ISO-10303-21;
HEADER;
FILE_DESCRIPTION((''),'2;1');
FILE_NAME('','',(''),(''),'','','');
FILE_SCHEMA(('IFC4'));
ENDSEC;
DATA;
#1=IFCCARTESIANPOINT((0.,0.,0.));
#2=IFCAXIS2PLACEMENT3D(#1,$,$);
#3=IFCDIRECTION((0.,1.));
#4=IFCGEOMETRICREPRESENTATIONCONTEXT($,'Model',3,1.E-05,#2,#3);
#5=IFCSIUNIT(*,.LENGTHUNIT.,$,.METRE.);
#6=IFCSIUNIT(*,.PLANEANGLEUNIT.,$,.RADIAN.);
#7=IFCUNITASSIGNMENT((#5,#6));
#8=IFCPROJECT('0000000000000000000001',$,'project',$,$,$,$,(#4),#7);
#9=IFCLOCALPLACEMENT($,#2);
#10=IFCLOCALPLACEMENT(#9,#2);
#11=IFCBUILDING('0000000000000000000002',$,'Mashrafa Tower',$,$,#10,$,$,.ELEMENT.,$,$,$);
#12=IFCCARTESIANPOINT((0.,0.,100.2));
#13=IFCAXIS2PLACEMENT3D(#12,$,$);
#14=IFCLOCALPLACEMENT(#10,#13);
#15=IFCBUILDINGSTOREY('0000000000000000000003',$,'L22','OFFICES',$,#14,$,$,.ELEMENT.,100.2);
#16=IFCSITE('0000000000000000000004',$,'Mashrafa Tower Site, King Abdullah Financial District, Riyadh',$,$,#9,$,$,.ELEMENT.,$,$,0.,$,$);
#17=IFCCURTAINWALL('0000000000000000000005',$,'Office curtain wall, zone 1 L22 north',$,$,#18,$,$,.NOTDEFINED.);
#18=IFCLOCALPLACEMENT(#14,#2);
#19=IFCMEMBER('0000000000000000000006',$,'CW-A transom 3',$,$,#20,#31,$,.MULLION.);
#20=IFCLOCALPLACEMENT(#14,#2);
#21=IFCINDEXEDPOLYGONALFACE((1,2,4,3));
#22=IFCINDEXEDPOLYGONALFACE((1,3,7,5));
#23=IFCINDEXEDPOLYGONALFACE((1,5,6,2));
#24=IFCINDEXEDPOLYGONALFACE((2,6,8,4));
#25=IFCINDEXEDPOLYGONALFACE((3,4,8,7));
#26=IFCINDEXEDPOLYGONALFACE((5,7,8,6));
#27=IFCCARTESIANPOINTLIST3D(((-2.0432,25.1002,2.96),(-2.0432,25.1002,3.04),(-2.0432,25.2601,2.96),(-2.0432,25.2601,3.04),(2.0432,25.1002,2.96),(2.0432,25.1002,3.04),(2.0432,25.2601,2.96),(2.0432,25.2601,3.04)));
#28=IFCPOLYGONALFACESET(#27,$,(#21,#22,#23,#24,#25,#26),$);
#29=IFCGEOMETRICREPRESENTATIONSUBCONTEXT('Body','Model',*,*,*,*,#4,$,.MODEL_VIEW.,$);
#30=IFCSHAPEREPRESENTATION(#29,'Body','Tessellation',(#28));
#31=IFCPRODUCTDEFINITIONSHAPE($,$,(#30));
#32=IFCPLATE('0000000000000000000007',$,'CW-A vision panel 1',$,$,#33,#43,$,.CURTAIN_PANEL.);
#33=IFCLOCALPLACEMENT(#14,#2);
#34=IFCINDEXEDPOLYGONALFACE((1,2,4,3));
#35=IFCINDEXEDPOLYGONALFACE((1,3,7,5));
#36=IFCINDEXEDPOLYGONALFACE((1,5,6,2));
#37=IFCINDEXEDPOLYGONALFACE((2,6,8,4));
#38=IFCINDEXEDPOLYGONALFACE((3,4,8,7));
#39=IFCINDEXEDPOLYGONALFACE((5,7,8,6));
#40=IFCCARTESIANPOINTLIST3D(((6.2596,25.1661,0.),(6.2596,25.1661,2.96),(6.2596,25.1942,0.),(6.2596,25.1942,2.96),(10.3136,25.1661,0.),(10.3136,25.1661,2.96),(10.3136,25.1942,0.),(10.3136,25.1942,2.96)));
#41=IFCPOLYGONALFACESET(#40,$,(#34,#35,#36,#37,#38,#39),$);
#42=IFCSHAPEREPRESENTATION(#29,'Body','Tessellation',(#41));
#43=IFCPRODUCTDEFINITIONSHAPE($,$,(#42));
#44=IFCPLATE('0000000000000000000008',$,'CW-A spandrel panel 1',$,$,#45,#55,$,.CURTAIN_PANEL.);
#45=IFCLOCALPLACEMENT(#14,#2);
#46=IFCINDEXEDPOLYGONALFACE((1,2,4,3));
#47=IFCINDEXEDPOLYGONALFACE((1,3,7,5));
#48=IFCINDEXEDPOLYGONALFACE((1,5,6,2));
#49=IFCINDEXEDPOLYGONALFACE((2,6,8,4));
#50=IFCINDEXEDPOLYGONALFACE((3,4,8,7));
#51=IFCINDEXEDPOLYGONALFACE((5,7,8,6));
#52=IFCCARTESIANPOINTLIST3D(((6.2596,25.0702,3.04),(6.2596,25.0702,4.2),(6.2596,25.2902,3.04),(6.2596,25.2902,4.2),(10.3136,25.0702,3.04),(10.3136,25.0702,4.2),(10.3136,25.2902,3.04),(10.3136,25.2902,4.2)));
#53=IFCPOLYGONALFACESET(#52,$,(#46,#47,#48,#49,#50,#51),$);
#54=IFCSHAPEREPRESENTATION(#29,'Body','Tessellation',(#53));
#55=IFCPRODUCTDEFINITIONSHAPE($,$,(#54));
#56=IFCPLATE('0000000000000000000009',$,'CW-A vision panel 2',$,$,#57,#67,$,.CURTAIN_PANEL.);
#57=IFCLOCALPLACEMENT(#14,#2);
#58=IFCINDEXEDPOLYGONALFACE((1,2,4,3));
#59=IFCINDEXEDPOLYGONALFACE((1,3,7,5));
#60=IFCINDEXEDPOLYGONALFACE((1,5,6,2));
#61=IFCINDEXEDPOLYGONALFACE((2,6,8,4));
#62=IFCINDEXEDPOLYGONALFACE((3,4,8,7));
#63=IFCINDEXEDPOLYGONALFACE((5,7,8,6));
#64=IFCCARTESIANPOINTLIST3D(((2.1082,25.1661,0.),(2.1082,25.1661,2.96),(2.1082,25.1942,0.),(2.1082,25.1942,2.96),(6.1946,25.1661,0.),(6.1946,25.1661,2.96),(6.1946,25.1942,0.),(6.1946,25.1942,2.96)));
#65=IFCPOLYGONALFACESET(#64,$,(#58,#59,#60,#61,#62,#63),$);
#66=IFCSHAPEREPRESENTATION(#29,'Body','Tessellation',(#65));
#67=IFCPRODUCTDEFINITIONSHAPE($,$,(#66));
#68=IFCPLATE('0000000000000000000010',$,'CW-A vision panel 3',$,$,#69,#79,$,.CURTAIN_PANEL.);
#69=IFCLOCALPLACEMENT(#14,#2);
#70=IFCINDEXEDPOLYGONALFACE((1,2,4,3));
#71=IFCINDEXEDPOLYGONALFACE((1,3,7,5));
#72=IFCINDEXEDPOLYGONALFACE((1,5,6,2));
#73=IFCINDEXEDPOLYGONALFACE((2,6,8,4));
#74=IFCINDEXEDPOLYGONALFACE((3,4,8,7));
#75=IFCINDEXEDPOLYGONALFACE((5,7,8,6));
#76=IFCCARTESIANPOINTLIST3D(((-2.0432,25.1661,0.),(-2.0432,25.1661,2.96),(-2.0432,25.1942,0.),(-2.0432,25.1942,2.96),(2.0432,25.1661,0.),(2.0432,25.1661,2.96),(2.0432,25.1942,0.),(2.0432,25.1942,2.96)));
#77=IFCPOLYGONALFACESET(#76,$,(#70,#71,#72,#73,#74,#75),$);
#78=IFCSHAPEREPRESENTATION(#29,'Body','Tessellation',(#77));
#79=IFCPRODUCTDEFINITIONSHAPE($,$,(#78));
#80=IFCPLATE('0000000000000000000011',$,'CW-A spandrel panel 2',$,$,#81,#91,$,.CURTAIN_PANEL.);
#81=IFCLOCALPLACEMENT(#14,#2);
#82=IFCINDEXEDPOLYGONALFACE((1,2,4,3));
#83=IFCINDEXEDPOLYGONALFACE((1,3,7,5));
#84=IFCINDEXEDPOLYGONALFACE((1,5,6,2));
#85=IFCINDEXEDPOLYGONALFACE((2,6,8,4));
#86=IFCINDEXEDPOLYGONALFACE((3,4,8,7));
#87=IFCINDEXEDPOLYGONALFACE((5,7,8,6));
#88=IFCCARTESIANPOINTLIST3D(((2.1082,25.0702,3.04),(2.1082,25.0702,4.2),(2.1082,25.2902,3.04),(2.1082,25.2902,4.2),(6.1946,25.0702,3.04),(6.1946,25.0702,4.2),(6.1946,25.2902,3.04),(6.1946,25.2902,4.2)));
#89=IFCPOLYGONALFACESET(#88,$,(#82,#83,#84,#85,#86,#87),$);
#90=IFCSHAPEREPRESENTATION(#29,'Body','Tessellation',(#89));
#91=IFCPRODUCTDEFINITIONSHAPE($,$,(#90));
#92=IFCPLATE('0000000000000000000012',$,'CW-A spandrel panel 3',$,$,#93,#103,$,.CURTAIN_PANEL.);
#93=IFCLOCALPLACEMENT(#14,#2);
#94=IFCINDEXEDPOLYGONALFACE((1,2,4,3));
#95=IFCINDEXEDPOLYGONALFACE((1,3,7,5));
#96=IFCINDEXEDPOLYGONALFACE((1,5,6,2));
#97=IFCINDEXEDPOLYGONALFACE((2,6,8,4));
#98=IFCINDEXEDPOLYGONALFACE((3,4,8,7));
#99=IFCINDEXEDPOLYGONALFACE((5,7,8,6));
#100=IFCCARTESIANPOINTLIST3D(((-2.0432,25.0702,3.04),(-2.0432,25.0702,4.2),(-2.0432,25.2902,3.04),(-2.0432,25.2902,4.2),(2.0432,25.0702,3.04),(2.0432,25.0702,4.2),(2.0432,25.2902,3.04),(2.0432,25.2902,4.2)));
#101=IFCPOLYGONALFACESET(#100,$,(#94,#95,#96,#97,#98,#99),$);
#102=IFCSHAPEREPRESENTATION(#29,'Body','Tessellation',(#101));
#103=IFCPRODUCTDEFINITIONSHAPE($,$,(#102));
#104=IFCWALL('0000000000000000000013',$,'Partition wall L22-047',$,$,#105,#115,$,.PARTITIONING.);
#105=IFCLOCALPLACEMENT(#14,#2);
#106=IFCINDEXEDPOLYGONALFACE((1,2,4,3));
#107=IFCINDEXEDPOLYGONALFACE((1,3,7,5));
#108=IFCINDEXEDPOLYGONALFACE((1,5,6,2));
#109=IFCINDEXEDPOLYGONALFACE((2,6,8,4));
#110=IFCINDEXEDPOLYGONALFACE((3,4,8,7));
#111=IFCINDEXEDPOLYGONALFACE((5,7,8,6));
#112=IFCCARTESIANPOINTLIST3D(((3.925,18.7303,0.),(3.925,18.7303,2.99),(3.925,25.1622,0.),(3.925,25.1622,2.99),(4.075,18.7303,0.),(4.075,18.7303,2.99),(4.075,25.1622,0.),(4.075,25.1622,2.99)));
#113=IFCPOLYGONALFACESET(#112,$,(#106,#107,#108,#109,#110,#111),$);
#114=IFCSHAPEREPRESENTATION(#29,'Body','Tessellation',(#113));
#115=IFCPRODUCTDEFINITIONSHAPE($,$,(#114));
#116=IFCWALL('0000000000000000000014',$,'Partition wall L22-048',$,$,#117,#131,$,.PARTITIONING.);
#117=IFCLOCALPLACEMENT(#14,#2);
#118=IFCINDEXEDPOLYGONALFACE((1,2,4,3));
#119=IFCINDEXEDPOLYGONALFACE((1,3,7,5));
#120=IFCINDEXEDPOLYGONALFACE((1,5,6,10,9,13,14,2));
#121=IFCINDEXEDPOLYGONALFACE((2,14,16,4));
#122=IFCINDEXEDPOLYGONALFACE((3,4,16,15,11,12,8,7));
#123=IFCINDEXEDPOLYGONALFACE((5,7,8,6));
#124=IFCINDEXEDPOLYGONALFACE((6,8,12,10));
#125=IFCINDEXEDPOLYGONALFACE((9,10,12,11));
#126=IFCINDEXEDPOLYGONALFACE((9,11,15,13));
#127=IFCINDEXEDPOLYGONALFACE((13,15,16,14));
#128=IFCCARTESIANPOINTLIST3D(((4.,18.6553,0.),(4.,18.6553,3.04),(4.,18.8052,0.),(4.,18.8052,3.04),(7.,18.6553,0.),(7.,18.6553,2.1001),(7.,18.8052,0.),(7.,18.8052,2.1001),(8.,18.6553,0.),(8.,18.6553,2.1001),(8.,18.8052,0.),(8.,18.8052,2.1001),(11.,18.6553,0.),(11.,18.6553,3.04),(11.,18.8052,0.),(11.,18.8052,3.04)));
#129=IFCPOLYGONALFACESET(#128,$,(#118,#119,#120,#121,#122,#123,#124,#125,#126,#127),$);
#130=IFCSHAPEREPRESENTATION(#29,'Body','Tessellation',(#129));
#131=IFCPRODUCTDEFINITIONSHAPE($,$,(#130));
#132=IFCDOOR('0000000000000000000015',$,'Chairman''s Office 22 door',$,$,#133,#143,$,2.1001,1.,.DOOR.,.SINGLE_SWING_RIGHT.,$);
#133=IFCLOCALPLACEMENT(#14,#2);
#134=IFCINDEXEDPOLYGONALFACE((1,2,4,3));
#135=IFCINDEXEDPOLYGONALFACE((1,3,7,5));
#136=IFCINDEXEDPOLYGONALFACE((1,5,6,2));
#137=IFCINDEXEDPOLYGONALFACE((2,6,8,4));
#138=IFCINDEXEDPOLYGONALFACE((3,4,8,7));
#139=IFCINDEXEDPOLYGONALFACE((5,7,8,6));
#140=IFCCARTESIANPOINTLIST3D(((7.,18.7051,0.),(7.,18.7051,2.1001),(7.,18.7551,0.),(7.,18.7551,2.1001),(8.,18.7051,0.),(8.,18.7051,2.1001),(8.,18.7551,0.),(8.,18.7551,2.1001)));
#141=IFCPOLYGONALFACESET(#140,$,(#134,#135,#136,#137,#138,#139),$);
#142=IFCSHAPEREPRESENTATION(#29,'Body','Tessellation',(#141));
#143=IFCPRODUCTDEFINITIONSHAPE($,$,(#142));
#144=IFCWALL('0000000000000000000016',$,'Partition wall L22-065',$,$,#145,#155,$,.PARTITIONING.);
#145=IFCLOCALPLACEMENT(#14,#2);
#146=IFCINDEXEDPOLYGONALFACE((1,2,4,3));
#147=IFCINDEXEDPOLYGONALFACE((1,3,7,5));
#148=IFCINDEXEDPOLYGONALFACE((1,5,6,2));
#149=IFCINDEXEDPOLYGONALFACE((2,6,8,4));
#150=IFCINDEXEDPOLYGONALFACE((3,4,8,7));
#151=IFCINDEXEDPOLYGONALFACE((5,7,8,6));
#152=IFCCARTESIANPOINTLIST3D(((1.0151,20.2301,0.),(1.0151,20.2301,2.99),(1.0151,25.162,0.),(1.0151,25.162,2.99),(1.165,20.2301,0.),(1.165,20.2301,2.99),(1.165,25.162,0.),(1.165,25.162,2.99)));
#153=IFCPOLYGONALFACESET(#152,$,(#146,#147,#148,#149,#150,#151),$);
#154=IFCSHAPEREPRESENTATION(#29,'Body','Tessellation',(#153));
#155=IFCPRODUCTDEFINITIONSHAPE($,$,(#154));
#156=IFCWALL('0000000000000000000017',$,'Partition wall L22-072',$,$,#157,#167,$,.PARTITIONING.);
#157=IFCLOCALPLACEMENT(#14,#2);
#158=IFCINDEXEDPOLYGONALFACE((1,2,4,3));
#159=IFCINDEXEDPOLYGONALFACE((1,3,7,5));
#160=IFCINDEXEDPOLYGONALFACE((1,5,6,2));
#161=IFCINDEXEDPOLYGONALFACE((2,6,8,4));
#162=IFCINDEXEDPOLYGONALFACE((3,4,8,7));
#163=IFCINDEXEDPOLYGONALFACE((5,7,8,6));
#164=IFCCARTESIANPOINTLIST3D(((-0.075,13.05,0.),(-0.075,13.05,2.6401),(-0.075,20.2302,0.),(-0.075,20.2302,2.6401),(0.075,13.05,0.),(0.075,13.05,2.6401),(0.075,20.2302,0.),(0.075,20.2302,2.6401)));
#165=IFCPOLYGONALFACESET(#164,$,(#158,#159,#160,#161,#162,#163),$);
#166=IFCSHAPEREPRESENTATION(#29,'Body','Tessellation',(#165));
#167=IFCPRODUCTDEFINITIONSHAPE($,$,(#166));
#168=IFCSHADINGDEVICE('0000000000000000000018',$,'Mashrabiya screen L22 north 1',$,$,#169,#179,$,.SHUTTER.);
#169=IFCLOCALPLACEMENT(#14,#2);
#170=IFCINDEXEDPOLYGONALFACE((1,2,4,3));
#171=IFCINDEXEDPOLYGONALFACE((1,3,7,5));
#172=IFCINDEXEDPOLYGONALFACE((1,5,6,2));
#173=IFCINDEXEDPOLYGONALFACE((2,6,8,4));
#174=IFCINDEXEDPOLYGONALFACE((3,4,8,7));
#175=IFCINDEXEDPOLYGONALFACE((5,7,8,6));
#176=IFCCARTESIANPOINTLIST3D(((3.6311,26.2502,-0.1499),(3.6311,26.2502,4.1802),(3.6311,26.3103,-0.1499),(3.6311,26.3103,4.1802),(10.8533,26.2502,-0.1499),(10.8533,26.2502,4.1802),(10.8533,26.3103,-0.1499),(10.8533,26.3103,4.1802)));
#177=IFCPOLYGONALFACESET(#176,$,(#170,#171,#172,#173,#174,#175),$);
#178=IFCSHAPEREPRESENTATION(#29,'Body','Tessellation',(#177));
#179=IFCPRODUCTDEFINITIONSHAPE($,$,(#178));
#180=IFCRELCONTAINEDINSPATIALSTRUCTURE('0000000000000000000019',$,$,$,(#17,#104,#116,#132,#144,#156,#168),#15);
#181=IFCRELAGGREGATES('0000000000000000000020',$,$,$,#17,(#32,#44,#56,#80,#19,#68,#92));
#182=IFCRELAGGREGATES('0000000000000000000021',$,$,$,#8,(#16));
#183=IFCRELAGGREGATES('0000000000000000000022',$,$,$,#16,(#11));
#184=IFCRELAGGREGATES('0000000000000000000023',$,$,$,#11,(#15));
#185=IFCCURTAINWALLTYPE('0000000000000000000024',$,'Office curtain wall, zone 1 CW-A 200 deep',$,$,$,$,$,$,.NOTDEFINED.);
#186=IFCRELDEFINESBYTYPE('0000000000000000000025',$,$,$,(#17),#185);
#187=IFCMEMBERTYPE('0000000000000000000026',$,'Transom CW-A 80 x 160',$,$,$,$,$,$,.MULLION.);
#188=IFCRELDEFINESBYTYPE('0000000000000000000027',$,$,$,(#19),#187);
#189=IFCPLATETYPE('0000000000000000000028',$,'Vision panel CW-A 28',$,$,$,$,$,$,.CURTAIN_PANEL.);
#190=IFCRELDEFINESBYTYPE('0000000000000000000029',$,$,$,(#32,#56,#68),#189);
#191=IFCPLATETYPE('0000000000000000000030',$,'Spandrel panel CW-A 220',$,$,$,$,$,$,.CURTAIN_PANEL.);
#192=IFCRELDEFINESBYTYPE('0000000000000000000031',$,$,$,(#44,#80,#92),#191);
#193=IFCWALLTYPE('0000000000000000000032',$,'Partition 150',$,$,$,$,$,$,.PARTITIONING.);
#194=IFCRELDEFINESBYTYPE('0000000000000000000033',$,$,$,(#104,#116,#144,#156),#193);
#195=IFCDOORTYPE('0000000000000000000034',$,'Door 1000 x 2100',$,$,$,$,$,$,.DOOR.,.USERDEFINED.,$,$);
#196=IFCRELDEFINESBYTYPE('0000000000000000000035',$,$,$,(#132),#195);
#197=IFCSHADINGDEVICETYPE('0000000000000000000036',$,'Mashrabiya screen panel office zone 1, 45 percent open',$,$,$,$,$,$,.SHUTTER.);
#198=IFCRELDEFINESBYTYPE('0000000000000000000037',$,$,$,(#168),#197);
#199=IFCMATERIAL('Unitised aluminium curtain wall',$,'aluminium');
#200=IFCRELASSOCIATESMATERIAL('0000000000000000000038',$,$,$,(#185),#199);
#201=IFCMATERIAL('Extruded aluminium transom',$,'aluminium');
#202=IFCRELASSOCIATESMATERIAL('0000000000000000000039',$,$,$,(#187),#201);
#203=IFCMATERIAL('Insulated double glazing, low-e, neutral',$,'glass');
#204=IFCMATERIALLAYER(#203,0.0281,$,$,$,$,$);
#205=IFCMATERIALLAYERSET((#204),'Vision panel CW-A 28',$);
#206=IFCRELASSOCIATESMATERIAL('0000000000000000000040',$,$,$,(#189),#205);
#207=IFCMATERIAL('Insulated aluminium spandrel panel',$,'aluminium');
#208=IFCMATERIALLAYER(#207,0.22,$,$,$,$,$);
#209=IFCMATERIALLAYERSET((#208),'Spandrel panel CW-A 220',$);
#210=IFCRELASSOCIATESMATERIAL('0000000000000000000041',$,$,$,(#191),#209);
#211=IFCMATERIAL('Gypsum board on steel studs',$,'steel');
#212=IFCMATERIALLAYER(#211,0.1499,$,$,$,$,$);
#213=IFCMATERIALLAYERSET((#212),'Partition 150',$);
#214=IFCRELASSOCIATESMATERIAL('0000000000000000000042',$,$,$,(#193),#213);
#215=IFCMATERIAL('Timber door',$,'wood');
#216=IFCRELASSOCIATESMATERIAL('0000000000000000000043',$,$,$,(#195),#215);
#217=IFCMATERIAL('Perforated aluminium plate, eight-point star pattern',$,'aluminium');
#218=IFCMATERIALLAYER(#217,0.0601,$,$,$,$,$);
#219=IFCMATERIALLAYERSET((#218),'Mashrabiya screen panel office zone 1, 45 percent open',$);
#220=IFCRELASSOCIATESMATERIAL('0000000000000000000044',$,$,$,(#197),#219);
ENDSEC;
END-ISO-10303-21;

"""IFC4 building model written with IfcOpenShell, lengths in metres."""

from ifc_helpers import new_model, si_unit, direction, frame, frame_2d, origin, origin_2d, place, context, subcontext, project, spatial, rectangle, extrude, source, transform, mapped, material, layer, layer_set, material_profile, profile_set, type_object, type_shapes, element, fill, aggregate, save


model = new_model("IFC4")

# Units and contexts
model_context = context("Model", 3, precision=1e-05, world=origin(), true_north=direction((0.0, 1.0)))
body_context = subcontext(model_context, "Body", "Model", "MODEL_VIEW")
ifc_project = project(units=[si_unit("LENGTHUNIT", "METRE"), si_unit("PLANEANGLEUNIT", "RADIAN")], contexts=[model_context])

# Site, building, storey
site_placement = place(None, origin())
site = spatial("IfcSite", under=ifc_project, at=site_placement, Name="Mashrafa Tower Site, King Abdullah Financial District, Riyadh", CompositionType="ELEMENT", RefElevation=0.0)
building_placement = place(site_placement, origin())
building = spatial("IfcBuilding", under=site, at=building_placement, Name="Mashrafa Tower", CompositionType="ELEMENT")
storey_placement = place(building_placement, frame((0.0, 0.0, 100.2)))
storey = spatial("IfcBuildingStorey", under=building, at=storey_placement, Name="L22", Description="OFFICES", CompositionType="ELEMENT", Elevation=100.2)

# Shared definitions
ifc_material_1 = material(Name="Unitised aluminium curtain wall", Category="aluminium")
curtain_wall_type = type_object("IfcCurtainWallType", Name="Office curtain wall, zone 1 CW-A 200 deep", PredefinedType="NOTDEFINED", material=ifc_material_1)

# Curtain wall, member, plates
curtain_wall_1_placement = place(storey_placement, origin())
curtain_wall_1 = element("IfcCurtainWall", 1, at=curtain_wall_1_placement, inside=storey, type_object=curtain_wall_type, Name="Office curtain wall, zone 1 L22 north", PredefinedType="NOTDEFINED")
ifc_material_2 = material(Name="Extruded aluminium transom", Category="aluminium")
ifc_material_profile_1 = material_profile(ifc_material_2, rectangle(XDim=0.1599, YDim=0.0801, at=origin_2d()), Name="Transom 80x160")
ifc_profile_set_1 = profile_set([ifc_material_profile_1], Name="Extruded aluminium transom")
member_type_1 = type_object("IfcMemberType", Name="Transom CW-A 80 x 160", PredefinedType="MULLION", material=ifc_profile_set_1)
shared_shape_1 = source(origin(), body_context, "Body", "SweptSolid", [
    extrude(rectangle(XDim=0.1599, YDim=0.0801, at=origin_2d()), origin(), (0.0, 0.0, 1.0), 4.0864),
])
member_1_placement = place(storey_placement, frame((2.0432, 25.1802, 3.0), z_axis=(-1.0, 0.0, 0.0), x_axis=(0.0, -1.0, 0.0)))
member_1 = element("IfcMember", 2, at=member_1_placement, type_object=member_type_1, Name="CW-A transom 3", PredefinedType="MULLION", context=body_context, shape_type="MappedRepresentation", body=[
    mapped(shared_shape_1, transform((0.0, 0.0, 0.0))),
])
ifc_material_3 = material(Name="Insulated double glazing, low-e, neutral", Category="glass")
ifc_layer_1 = layer(ifc_material_3, 0.0281)
ifc_layer_set_1 = layer_set([ifc_layer_1], Name="Vision panel CW-A 28")
plate_type_1 = type_object("IfcPlateType", Name="Vision panel CW-A 28", PredefinedType="CURTAIN_PANEL", material=ifc_layer_set_1)
shared_shape_2 = source(origin(), body_context, "Body", "SweptSolid", [
    extrude(rectangle(XDim=4.054, YDim=0.0281, at=origin_2d()), origin(), (0.0, 0.0, 1.0), 2.96),
])
plate_1_placement = place(storey_placement, frame((8.2866, 25.1802, 0.0), z_axis=(0.0, 0.0, 1.0), x_axis=(-1.0, 0.0, 0.0)))
plate_1 = element("IfcPlate", 3, at=plate_1_placement, type_object=plate_type_1, Name="CW-A vision panel 1", PredefinedType="CURTAIN_PANEL", context=body_context, shape_type="MappedRepresentation", body=[
    mapped(shared_shape_2, transform((0.0, 0.0, 0.0))),
])
ifc_material_4 = material(Name="Insulated aluminium spandrel panel", Category="aluminium")
ifc_layer_2 = layer(ifc_material_4, 0.22)
ifc_layer_set_2 = layer_set([ifc_layer_2], Name="Spandrel panel CW-A 220")
plate_type_2 = type_object("IfcPlateType", Name="Spandrel panel CW-A 220", PredefinedType="CURTAIN_PANEL", material=ifc_layer_set_2)
shared_shape_3 = source(origin(), body_context, "Body", "SweptSolid", [
    extrude(rectangle(XDim=4.054, YDim=0.22, at=origin_2d()), origin(), (0.0, 0.0, 1.0), 1.1599),
])
plate_2_placement = place(storey_placement, frame((8.2866, 25.1802, 3.04), z_axis=(0.0, 0.0, 1.0), x_axis=(-1.0, 0.0, 0.0)))
plate_2 = element("IfcPlate", 4, at=plate_2_placement, type_object=plate_type_2, Name="CW-A spandrel panel 1", PredefinedType="CURTAIN_PANEL", context=body_context, shape_type="MappedRepresentation", body=[
    mapped(shared_shape_3, transform((0.0, 0.0, 0.0))),
])
shared_shape_4 = source(origin(), body_context, "Body", "SweptSolid", [
    extrude(rectangle(XDim=4.0864, YDim=0.0281, at=origin_2d()), origin(), (0.0, 0.0, 1.0), 2.96),
])
type_shapes(plate_type_1, [shared_shape_2, shared_shape_4])
plate_3_placement = place(storey_placement, frame((4.1514, 25.1802, 0.0), z_axis=(0.0, 0.0, 1.0), x_axis=(-1.0, 0.0, 0.0)))
plate_3 = element("IfcPlate", 5, at=plate_3_placement, type_object=plate_type_1, Name="CW-A vision panel 2", PredefinedType="CURTAIN_PANEL", context=body_context, shape_type="MappedRepresentation", body=[
    mapped(shared_shape_4, transform((0.0, 0.0, 0.0))),
])
plate_4_placement = place(storey_placement, frame((0.0, 25.1802, 0.0), z_axis=(0.0, 0.0, 1.0), x_axis=(-1.0, 0.0, 0.0)))
plate_4 = element("IfcPlate", 6, at=plate_4_placement, type_object=plate_type_1, Name="CW-A vision panel 3", PredefinedType="CURTAIN_PANEL", context=body_context, shape_type="MappedRepresentation", body=[
    mapped(shared_shape_4, transform((0.0, 0.0, 0.0))),
])
shared_shape_5 = source(origin(), body_context, "Body", "SweptSolid", [
    extrude(rectangle(XDim=4.0864, YDim=0.22, at=origin_2d()), origin(), (0.0, 0.0, 1.0), 1.1599),
])
type_shapes(plate_type_2, [shared_shape_3, shared_shape_5])
plate_5_placement = place(storey_placement, frame((4.1514, 25.1802, 3.04), z_axis=(0.0, 0.0, 1.0), x_axis=(-1.0, 0.0, 0.0)))
plate_5 = element("IfcPlate", 7, at=plate_5_placement, type_object=plate_type_2, Name="CW-A spandrel panel 2", PredefinedType="CURTAIN_PANEL", context=body_context, shape_type="MappedRepresentation", body=[
    mapped(shared_shape_5, transform((0.0, 0.0, 0.0))),
])
plate_6_placement = place(storey_placement, frame((0.0, 25.1802, 3.04), z_axis=(0.0, 0.0, 1.0), x_axis=(-1.0, 0.0, 0.0)))
plate_6 = element("IfcPlate", 8, at=plate_6_placement, type_object=plate_type_2, Name="CW-A spandrel panel 3", PredefinedType="CURTAIN_PANEL", context=body_context, shape_type="MappedRepresentation", body=[
    mapped(shared_shape_5, transform((0.0, 0.0, 0.0))),
])
aggregate(curtain_wall_1, [plate_1, plate_2, plate_3, plate_5, member_1, plate_4, plate_6])

# Wall
ifc_material_5 = material(Name="Gypsum board on steel studs", Category="steel")
ifc_layer_3 = layer(ifc_material_5, 0.1499)
ifc_layer_set_3 = layer_set([ifc_layer_3], Name="Partition 150")
wall_type = type_object("IfcWallType", Name="Partition 150", PredefinedType="PARTITIONING", material=ifc_layer_set_3)
wall_1_placement = place(storey_placement, frame((4.0, 25.1621, 0.0), z_axis=(0.0, 0.0, 1.0), x_axis=(0.0, -1.0, 0.0)))
element("IfcWall", 9, at=wall_1_placement, inside=storey, type_object=wall_type, Name="Partition wall L22-047", PredefinedType="PARTITIONING", context=body_context, shape_type="SweptSolid", body=[
    extrude(rectangle(XDim=6.4319, YDim=0.1499, at=frame_2d((3.2158, 0.0))), origin(), (0.0, 0.0, 1.0), 2.99),
])

# Wall, opening, door
wall_2_placement = place(storey_placement, frame((4.0, 18.7302, 0.0), z_axis=(0.0, 0.0, 1.0), x_axis=(1.0, 0.0, 0.0)))
wall_2 = element("IfcWall", 10, at=wall_2_placement, inside=storey, type_object=wall_type, Name="Partition wall L22-048", PredefinedType="PARTITIONING", context=body_context, shape_type="SweptSolid", body=[
    extrude(rectangle(XDim=7.0, YDim=0.1499, at=frame_2d((3.5, 0.0))), origin(), (0.0, 0.0, 1.0), 3.04),
])
opening_placement = place(wall_2_placement, frame((3.0, 0.0, 0.0)))
opening = element("IfcOpeningElement", 11, at=opening_placement, cuts=wall_2, PredefinedType="OPENING", context=body_context, shape_type="SweptSolid", body=[
    extrude(rectangle(XDim=1.0, YDim=2.1001, at=frame_2d((0.5, 1.05))), frame((0.0, 0.085, 0.0), z_axis=(0.0, -1.0, 0.0), x_axis=(1.0, 0.0, 0.0)), (0.0, 0.0, 1.0), 0.1699),
])
ifc_material_6 = material(Name="Timber door", Category="wood")
door_type = type_object("IfcDoorType", Name="Door 1000 x 2100", OperationType="USERDEFINED", PredefinedType="DOOR", material=ifc_material_6)
door_placement = place(opening_placement, origin())
door = element("IfcDoor", 12, at=door_placement, inside=storey, type_object=door_type, Name="Chairman's Office 22 door", OperationType="SINGLE_SWING_RIGHT", OverallHeight=2.1001, OverallWidth=1.0, PredefinedType="DOOR", context=body_context, shape_type="SweptSolid", body=[
    extrude(rectangle(XDim=1.0, YDim=2.1001, at=frame_2d((0.5, 1.05))), frame((0.0, 0.0249, 0.0), z_axis=(0.0, -1.0, 0.0), x_axis=(1.0, 0.0, 0.0)), (0.0, 0.0, 1.0), 0.05),
])
fill(opening, door)

# Walls
wall_3_placement = place(storey_placement, frame((1.0901, 20.2302, 0.0), z_axis=(0.0, 0.0, 1.0), x_axis=(0.0, 1.0, 0.0)))
element("IfcWall", 13, at=wall_3_placement, inside=storey, type_object=wall_type, Name="Partition wall L22-065", PredefinedType="PARTITIONING", context=body_context, shape_type="SweptSolid", body=[
    extrude(rectangle(XDim=4.9319, YDim=0.1499, at=frame_2d((2.4658, 0.0))), origin(), (0.0, 0.0, 1.0), 2.99),
])
wall_4_placement = place(storey_placement, frame((0.0, 20.2302, 0.0), z_axis=(0.0, 0.0, 1.0), x_axis=(0.0, -1.0, 0.0)))
element("IfcWall", 14, at=wall_4_placement, inside=storey, type_object=wall_type, Name="Partition wall L22-072", PredefinedType="PARTITIONING", context=body_context, shape_type="SweptSolid", body=[
    extrude(rectangle(XDim=7.1802, YDim=0.1499, at=frame_2d((3.5901, 0.0))), origin(), (0.0, 0.0, 1.0), 2.6401),
])

# Shading device
ifc_material_7 = material(Name="Perforated aluminium plate, eight-point star pattern", Category="aluminium")
ifc_layer_4 = layer(ifc_material_7, 0.0601)
ifc_layer_set_4 = layer_set([ifc_layer_4], Name="Mashrabiya screen panel office zone 1, 45 percent open")
shading_device_type = type_object("IfcShadingDeviceType", Name="Mashrabiya screen panel office zone 1, 45 percent open", PredefinedType="SHUTTER", material=ifc_layer_set_4)
shared_shape_6 = source(origin(), body_context, "Body", "SweptSolid", [
    extrude(rectangle(XDim=7.2222, YDim=0.0601, at=origin_2d()), origin(), (0.0, 0.0, 1.0), 4.3301),
])
type_shapes(shading_device_type, [shared_shape_6])
for number, where, z_axis, x_axis, name in (
    (15, (7.2422, 26.2803, -0.1499), (0.0, 0.0, 1.0), (-1.0, 0.0, 0.0), "Mashrabiya screen L22 north 1"),
):
    element("IfcShadingDevice", number, at=place(storey_placement, frame(where, z_axis=z_axis, x_axis=x_axis)), inside=storey, type_object=shading_device_type, Name=name, PredefinedType="SHUTTER", context=body_context, shape_type="MappedRepresentation", body=[
        mapped(shared_shape_6, transform((0.0, 0.0, 0.0))),
    ])

save(model, "model.ifc")
